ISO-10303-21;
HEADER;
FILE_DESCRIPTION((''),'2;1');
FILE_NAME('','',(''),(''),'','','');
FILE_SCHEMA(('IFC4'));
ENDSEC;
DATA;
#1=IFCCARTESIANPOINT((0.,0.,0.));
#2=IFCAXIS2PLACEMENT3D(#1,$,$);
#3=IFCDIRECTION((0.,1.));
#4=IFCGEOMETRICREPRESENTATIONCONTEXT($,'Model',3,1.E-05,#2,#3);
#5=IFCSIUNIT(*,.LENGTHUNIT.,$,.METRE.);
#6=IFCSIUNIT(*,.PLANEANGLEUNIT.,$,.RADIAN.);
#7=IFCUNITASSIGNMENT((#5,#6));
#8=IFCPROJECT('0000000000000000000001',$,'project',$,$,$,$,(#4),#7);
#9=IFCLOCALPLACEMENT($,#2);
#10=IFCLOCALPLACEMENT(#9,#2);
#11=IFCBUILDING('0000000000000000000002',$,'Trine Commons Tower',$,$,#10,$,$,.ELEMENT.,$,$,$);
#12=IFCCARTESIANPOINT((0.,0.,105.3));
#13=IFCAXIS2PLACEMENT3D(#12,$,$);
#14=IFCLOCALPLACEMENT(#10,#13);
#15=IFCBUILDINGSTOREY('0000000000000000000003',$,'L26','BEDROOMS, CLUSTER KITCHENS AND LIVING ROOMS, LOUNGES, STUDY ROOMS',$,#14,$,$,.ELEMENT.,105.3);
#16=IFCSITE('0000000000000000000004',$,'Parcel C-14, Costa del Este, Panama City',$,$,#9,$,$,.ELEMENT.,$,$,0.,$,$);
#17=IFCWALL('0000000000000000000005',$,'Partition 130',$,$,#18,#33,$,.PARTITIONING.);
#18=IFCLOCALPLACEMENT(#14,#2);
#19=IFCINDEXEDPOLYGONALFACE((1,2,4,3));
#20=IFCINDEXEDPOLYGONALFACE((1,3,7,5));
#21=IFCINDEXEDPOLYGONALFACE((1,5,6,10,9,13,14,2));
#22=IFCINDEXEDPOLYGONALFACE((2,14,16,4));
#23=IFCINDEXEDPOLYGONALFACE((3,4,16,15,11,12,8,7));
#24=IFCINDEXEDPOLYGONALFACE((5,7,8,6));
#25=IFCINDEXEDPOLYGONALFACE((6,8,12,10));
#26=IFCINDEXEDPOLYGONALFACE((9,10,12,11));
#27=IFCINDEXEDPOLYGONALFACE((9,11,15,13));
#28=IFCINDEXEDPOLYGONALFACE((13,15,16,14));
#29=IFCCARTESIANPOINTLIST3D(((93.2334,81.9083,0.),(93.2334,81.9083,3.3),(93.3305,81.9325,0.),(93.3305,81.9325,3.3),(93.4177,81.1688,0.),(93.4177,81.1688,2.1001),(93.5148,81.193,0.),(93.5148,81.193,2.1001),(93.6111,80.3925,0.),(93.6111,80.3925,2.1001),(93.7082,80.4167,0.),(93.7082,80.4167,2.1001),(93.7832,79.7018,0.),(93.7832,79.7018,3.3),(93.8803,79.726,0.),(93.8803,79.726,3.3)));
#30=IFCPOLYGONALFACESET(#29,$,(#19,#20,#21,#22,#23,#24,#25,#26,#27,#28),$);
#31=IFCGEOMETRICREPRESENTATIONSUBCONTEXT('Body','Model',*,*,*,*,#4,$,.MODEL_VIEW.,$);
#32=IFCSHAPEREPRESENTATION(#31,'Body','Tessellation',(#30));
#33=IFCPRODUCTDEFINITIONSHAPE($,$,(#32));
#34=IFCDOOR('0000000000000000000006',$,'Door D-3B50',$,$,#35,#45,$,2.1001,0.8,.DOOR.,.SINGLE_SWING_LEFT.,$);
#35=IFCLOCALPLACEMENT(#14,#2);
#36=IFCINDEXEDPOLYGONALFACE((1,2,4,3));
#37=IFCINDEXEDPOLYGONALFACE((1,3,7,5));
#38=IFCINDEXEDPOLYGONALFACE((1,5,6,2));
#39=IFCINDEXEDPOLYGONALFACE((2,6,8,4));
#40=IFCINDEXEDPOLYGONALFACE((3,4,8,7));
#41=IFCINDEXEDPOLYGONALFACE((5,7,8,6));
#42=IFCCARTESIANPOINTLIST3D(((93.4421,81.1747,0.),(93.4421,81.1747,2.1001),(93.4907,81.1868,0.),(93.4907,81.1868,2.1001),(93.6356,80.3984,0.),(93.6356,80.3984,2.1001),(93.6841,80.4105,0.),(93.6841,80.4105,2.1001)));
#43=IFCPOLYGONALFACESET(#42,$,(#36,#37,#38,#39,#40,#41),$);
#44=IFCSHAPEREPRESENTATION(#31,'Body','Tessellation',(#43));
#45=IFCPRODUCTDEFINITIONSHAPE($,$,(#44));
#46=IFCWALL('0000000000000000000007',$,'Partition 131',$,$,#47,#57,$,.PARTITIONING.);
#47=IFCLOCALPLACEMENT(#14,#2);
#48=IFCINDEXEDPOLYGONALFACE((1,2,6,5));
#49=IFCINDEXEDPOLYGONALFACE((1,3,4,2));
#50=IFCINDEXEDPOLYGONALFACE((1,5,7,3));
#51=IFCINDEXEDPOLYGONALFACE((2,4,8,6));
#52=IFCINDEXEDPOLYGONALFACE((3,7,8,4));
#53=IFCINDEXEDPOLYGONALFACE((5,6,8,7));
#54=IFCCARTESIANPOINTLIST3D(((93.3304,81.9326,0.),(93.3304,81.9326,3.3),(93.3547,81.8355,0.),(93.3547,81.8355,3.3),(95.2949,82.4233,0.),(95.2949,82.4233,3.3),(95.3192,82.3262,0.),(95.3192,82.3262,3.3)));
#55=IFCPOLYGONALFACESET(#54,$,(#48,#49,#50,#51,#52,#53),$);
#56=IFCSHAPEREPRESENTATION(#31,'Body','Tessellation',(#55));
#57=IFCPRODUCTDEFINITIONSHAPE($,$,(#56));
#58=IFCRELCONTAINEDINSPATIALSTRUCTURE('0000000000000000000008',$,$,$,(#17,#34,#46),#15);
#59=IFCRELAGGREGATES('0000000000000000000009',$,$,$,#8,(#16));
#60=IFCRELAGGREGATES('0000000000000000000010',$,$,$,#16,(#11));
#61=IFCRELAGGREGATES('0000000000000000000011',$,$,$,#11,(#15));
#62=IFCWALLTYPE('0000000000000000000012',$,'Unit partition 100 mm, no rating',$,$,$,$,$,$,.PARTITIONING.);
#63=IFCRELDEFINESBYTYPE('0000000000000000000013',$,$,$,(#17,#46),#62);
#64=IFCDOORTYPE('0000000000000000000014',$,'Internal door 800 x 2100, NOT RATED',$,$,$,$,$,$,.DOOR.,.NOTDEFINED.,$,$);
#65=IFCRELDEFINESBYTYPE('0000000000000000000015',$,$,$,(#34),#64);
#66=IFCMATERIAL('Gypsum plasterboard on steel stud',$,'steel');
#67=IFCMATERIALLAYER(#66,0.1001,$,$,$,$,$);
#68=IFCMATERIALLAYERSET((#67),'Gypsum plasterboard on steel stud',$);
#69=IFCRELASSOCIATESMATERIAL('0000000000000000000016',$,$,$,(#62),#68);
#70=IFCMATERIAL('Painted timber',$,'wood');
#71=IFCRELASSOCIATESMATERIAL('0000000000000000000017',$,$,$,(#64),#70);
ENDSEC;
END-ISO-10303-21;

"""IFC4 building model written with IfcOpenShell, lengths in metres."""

from ifc_helpers import new_model, si_unit, direction, frame, frame_2d, origin, place, context, subcontext, project, spatial, rectangle, extrude, material, layer, layer_set, type_object, element, fill, save


model = new_model("IFC4")

# Units and contexts
model_context = context("Model", 3, precision=1e-05, world=origin(), true_north=direction((0.0, 1.0)))
body_context = subcontext(model_context, "Body", "Model", "MODEL_VIEW")
ifc_project = project(units=[si_unit("LENGTHUNIT", "METRE"), si_unit("PLANEANGLEUNIT", "RADIAN")], contexts=[model_context])

# Site, building, storey
site_placement = place(None, origin())
site = spatial("IfcSite", under=ifc_project, at=site_placement, Name="Parcel C-14, Costa del Este, Panama City", CompositionType="ELEMENT", RefElevation=0.0)
building_placement = place(site_placement, origin())
building = spatial("IfcBuilding", under=site, at=building_placement, Name="Trine Commons Tower", CompositionType="ELEMENT")
storey_placement = place(building_placement, frame((0.0, 0.0, 105.3)))
storey = spatial("IfcBuildingStorey", under=building, at=storey_placement, Name="L26", Description="BEDROOMS, CLUSTER KITCHENS AND LIVING ROOMS, LOUNGES, STUDY ROOMS", CompositionType="ELEMENT", Elevation=105.3)

# Shared definitions
ifc_material_1 = material(Name="Gypsum plasterboard on steel stud", Category="steel")

# Wall, opening, door
ifc_layer_1 = layer(ifc_material_1, 0.1001)
ifc_layer_set_1 = layer_set([ifc_layer_1], Name="Gypsum plasterboard on steel stud")
wall_type_1 = type_object("IfcWallType", Name="Unit partition 100 mm, no rating", PredefinedType="PARTITIONING", material=ifc_layer_set_1)
wall_1_placement = place(storey_placement, frame((93.282, 81.9204, 0.0), z_axis=(0.0, 0.0, 1.0), x_axis=(0.241778, -0.970332, 0.0)))
wall_1 = element("IfcWall", 1, at=wall_1_placement, inside=storey, type_object=wall_type_1, Name="Partition 130", PredefinedType="PARTITIONING", context=body_context, shape_type="SweptSolid", body=[
    extrude(rectangle(XDim=2.2739, YDim=0.1001, at=frame_2d((1.137, 0.0))), origin(), (0.0, 0.0, 1.0), 3.3),
])
opening_1_placement = place(wall_1_placement, frame((0.7622, 0.0, 0.0)))
opening_1 = element("IfcOpeningElement", 2, at=opening_1_placement, cuts=wall_1, PredefinedType="OPENING", context=body_context, shape_type="SweptSolid", body=[
    extrude(rectangle(XDim=0.8, YDim=2.1001, at=frame_2d((0.3999, 1.05))), frame((0.0, 0.0601, 0.0), z_axis=(0.0, -1.0, 0.0), x_axis=(1.0, 0.0, 0.0)), (0.0, 0.0, 1.0), 0.1201),
])
ifc_material_2 = material(Name="Painted timber", Category="wood")
door_type_1 = type_object("IfcDoorType", Name="Internal door 800 x 2100, NOT RATED", OperationType="NOTDEFINED", PredefinedType="DOOR", material=ifc_material_2)
door_1_placement = place(opening_1_placement, frame((0.8, 0.0, 0.0), z_axis=(0.0, 0.0, 1.0), x_axis=(-1.0, 0.0, 0.0)))
door_1 = element("IfcDoor", 3, at=door_1_placement, inside=storey, type_object=door_type_1, Name="Door D-3B50", OperationType="SINGLE_SWING_LEFT", OverallHeight=2.1001, OverallWidth=0.8, PredefinedType="DOOR", context=body_context, shape_type="SweptSolid", body=[
    extrude(rectangle(XDim=0.8, YDim=2.1001, at=frame_2d((0.3999, 1.05))), frame((0.0, 0.0249, 0.0), z_axis=(0.0, -1.0, 0.0), x_axis=(1.0, 0.0, 0.0)), (0.0, 0.0, 1.0), 0.05),
])
fill(opening_1, door_1)

# Wall
wall_2_placement = place(storey_placement, frame((93.3425, 81.884, 0.0), z_axis=(0.0, 0.0, 1.0), x_axis=(0.970192, 0.242337, 0.0)))
element("IfcWall", 4, at=wall_2_placement, inside=storey, type_object=wall_type_1, Name="Partition 131", PredefinedType="PARTITIONING", context=body_context, shape_type="SweptSolid", body=[
    extrude(rectangle(XDim=2.0249, YDim=0.1001, at=frame_2d((1.0125, 0.0))), origin(), (0.0, 0.0, 1.0), 3.3),
])

save(model, "model.ifc")
